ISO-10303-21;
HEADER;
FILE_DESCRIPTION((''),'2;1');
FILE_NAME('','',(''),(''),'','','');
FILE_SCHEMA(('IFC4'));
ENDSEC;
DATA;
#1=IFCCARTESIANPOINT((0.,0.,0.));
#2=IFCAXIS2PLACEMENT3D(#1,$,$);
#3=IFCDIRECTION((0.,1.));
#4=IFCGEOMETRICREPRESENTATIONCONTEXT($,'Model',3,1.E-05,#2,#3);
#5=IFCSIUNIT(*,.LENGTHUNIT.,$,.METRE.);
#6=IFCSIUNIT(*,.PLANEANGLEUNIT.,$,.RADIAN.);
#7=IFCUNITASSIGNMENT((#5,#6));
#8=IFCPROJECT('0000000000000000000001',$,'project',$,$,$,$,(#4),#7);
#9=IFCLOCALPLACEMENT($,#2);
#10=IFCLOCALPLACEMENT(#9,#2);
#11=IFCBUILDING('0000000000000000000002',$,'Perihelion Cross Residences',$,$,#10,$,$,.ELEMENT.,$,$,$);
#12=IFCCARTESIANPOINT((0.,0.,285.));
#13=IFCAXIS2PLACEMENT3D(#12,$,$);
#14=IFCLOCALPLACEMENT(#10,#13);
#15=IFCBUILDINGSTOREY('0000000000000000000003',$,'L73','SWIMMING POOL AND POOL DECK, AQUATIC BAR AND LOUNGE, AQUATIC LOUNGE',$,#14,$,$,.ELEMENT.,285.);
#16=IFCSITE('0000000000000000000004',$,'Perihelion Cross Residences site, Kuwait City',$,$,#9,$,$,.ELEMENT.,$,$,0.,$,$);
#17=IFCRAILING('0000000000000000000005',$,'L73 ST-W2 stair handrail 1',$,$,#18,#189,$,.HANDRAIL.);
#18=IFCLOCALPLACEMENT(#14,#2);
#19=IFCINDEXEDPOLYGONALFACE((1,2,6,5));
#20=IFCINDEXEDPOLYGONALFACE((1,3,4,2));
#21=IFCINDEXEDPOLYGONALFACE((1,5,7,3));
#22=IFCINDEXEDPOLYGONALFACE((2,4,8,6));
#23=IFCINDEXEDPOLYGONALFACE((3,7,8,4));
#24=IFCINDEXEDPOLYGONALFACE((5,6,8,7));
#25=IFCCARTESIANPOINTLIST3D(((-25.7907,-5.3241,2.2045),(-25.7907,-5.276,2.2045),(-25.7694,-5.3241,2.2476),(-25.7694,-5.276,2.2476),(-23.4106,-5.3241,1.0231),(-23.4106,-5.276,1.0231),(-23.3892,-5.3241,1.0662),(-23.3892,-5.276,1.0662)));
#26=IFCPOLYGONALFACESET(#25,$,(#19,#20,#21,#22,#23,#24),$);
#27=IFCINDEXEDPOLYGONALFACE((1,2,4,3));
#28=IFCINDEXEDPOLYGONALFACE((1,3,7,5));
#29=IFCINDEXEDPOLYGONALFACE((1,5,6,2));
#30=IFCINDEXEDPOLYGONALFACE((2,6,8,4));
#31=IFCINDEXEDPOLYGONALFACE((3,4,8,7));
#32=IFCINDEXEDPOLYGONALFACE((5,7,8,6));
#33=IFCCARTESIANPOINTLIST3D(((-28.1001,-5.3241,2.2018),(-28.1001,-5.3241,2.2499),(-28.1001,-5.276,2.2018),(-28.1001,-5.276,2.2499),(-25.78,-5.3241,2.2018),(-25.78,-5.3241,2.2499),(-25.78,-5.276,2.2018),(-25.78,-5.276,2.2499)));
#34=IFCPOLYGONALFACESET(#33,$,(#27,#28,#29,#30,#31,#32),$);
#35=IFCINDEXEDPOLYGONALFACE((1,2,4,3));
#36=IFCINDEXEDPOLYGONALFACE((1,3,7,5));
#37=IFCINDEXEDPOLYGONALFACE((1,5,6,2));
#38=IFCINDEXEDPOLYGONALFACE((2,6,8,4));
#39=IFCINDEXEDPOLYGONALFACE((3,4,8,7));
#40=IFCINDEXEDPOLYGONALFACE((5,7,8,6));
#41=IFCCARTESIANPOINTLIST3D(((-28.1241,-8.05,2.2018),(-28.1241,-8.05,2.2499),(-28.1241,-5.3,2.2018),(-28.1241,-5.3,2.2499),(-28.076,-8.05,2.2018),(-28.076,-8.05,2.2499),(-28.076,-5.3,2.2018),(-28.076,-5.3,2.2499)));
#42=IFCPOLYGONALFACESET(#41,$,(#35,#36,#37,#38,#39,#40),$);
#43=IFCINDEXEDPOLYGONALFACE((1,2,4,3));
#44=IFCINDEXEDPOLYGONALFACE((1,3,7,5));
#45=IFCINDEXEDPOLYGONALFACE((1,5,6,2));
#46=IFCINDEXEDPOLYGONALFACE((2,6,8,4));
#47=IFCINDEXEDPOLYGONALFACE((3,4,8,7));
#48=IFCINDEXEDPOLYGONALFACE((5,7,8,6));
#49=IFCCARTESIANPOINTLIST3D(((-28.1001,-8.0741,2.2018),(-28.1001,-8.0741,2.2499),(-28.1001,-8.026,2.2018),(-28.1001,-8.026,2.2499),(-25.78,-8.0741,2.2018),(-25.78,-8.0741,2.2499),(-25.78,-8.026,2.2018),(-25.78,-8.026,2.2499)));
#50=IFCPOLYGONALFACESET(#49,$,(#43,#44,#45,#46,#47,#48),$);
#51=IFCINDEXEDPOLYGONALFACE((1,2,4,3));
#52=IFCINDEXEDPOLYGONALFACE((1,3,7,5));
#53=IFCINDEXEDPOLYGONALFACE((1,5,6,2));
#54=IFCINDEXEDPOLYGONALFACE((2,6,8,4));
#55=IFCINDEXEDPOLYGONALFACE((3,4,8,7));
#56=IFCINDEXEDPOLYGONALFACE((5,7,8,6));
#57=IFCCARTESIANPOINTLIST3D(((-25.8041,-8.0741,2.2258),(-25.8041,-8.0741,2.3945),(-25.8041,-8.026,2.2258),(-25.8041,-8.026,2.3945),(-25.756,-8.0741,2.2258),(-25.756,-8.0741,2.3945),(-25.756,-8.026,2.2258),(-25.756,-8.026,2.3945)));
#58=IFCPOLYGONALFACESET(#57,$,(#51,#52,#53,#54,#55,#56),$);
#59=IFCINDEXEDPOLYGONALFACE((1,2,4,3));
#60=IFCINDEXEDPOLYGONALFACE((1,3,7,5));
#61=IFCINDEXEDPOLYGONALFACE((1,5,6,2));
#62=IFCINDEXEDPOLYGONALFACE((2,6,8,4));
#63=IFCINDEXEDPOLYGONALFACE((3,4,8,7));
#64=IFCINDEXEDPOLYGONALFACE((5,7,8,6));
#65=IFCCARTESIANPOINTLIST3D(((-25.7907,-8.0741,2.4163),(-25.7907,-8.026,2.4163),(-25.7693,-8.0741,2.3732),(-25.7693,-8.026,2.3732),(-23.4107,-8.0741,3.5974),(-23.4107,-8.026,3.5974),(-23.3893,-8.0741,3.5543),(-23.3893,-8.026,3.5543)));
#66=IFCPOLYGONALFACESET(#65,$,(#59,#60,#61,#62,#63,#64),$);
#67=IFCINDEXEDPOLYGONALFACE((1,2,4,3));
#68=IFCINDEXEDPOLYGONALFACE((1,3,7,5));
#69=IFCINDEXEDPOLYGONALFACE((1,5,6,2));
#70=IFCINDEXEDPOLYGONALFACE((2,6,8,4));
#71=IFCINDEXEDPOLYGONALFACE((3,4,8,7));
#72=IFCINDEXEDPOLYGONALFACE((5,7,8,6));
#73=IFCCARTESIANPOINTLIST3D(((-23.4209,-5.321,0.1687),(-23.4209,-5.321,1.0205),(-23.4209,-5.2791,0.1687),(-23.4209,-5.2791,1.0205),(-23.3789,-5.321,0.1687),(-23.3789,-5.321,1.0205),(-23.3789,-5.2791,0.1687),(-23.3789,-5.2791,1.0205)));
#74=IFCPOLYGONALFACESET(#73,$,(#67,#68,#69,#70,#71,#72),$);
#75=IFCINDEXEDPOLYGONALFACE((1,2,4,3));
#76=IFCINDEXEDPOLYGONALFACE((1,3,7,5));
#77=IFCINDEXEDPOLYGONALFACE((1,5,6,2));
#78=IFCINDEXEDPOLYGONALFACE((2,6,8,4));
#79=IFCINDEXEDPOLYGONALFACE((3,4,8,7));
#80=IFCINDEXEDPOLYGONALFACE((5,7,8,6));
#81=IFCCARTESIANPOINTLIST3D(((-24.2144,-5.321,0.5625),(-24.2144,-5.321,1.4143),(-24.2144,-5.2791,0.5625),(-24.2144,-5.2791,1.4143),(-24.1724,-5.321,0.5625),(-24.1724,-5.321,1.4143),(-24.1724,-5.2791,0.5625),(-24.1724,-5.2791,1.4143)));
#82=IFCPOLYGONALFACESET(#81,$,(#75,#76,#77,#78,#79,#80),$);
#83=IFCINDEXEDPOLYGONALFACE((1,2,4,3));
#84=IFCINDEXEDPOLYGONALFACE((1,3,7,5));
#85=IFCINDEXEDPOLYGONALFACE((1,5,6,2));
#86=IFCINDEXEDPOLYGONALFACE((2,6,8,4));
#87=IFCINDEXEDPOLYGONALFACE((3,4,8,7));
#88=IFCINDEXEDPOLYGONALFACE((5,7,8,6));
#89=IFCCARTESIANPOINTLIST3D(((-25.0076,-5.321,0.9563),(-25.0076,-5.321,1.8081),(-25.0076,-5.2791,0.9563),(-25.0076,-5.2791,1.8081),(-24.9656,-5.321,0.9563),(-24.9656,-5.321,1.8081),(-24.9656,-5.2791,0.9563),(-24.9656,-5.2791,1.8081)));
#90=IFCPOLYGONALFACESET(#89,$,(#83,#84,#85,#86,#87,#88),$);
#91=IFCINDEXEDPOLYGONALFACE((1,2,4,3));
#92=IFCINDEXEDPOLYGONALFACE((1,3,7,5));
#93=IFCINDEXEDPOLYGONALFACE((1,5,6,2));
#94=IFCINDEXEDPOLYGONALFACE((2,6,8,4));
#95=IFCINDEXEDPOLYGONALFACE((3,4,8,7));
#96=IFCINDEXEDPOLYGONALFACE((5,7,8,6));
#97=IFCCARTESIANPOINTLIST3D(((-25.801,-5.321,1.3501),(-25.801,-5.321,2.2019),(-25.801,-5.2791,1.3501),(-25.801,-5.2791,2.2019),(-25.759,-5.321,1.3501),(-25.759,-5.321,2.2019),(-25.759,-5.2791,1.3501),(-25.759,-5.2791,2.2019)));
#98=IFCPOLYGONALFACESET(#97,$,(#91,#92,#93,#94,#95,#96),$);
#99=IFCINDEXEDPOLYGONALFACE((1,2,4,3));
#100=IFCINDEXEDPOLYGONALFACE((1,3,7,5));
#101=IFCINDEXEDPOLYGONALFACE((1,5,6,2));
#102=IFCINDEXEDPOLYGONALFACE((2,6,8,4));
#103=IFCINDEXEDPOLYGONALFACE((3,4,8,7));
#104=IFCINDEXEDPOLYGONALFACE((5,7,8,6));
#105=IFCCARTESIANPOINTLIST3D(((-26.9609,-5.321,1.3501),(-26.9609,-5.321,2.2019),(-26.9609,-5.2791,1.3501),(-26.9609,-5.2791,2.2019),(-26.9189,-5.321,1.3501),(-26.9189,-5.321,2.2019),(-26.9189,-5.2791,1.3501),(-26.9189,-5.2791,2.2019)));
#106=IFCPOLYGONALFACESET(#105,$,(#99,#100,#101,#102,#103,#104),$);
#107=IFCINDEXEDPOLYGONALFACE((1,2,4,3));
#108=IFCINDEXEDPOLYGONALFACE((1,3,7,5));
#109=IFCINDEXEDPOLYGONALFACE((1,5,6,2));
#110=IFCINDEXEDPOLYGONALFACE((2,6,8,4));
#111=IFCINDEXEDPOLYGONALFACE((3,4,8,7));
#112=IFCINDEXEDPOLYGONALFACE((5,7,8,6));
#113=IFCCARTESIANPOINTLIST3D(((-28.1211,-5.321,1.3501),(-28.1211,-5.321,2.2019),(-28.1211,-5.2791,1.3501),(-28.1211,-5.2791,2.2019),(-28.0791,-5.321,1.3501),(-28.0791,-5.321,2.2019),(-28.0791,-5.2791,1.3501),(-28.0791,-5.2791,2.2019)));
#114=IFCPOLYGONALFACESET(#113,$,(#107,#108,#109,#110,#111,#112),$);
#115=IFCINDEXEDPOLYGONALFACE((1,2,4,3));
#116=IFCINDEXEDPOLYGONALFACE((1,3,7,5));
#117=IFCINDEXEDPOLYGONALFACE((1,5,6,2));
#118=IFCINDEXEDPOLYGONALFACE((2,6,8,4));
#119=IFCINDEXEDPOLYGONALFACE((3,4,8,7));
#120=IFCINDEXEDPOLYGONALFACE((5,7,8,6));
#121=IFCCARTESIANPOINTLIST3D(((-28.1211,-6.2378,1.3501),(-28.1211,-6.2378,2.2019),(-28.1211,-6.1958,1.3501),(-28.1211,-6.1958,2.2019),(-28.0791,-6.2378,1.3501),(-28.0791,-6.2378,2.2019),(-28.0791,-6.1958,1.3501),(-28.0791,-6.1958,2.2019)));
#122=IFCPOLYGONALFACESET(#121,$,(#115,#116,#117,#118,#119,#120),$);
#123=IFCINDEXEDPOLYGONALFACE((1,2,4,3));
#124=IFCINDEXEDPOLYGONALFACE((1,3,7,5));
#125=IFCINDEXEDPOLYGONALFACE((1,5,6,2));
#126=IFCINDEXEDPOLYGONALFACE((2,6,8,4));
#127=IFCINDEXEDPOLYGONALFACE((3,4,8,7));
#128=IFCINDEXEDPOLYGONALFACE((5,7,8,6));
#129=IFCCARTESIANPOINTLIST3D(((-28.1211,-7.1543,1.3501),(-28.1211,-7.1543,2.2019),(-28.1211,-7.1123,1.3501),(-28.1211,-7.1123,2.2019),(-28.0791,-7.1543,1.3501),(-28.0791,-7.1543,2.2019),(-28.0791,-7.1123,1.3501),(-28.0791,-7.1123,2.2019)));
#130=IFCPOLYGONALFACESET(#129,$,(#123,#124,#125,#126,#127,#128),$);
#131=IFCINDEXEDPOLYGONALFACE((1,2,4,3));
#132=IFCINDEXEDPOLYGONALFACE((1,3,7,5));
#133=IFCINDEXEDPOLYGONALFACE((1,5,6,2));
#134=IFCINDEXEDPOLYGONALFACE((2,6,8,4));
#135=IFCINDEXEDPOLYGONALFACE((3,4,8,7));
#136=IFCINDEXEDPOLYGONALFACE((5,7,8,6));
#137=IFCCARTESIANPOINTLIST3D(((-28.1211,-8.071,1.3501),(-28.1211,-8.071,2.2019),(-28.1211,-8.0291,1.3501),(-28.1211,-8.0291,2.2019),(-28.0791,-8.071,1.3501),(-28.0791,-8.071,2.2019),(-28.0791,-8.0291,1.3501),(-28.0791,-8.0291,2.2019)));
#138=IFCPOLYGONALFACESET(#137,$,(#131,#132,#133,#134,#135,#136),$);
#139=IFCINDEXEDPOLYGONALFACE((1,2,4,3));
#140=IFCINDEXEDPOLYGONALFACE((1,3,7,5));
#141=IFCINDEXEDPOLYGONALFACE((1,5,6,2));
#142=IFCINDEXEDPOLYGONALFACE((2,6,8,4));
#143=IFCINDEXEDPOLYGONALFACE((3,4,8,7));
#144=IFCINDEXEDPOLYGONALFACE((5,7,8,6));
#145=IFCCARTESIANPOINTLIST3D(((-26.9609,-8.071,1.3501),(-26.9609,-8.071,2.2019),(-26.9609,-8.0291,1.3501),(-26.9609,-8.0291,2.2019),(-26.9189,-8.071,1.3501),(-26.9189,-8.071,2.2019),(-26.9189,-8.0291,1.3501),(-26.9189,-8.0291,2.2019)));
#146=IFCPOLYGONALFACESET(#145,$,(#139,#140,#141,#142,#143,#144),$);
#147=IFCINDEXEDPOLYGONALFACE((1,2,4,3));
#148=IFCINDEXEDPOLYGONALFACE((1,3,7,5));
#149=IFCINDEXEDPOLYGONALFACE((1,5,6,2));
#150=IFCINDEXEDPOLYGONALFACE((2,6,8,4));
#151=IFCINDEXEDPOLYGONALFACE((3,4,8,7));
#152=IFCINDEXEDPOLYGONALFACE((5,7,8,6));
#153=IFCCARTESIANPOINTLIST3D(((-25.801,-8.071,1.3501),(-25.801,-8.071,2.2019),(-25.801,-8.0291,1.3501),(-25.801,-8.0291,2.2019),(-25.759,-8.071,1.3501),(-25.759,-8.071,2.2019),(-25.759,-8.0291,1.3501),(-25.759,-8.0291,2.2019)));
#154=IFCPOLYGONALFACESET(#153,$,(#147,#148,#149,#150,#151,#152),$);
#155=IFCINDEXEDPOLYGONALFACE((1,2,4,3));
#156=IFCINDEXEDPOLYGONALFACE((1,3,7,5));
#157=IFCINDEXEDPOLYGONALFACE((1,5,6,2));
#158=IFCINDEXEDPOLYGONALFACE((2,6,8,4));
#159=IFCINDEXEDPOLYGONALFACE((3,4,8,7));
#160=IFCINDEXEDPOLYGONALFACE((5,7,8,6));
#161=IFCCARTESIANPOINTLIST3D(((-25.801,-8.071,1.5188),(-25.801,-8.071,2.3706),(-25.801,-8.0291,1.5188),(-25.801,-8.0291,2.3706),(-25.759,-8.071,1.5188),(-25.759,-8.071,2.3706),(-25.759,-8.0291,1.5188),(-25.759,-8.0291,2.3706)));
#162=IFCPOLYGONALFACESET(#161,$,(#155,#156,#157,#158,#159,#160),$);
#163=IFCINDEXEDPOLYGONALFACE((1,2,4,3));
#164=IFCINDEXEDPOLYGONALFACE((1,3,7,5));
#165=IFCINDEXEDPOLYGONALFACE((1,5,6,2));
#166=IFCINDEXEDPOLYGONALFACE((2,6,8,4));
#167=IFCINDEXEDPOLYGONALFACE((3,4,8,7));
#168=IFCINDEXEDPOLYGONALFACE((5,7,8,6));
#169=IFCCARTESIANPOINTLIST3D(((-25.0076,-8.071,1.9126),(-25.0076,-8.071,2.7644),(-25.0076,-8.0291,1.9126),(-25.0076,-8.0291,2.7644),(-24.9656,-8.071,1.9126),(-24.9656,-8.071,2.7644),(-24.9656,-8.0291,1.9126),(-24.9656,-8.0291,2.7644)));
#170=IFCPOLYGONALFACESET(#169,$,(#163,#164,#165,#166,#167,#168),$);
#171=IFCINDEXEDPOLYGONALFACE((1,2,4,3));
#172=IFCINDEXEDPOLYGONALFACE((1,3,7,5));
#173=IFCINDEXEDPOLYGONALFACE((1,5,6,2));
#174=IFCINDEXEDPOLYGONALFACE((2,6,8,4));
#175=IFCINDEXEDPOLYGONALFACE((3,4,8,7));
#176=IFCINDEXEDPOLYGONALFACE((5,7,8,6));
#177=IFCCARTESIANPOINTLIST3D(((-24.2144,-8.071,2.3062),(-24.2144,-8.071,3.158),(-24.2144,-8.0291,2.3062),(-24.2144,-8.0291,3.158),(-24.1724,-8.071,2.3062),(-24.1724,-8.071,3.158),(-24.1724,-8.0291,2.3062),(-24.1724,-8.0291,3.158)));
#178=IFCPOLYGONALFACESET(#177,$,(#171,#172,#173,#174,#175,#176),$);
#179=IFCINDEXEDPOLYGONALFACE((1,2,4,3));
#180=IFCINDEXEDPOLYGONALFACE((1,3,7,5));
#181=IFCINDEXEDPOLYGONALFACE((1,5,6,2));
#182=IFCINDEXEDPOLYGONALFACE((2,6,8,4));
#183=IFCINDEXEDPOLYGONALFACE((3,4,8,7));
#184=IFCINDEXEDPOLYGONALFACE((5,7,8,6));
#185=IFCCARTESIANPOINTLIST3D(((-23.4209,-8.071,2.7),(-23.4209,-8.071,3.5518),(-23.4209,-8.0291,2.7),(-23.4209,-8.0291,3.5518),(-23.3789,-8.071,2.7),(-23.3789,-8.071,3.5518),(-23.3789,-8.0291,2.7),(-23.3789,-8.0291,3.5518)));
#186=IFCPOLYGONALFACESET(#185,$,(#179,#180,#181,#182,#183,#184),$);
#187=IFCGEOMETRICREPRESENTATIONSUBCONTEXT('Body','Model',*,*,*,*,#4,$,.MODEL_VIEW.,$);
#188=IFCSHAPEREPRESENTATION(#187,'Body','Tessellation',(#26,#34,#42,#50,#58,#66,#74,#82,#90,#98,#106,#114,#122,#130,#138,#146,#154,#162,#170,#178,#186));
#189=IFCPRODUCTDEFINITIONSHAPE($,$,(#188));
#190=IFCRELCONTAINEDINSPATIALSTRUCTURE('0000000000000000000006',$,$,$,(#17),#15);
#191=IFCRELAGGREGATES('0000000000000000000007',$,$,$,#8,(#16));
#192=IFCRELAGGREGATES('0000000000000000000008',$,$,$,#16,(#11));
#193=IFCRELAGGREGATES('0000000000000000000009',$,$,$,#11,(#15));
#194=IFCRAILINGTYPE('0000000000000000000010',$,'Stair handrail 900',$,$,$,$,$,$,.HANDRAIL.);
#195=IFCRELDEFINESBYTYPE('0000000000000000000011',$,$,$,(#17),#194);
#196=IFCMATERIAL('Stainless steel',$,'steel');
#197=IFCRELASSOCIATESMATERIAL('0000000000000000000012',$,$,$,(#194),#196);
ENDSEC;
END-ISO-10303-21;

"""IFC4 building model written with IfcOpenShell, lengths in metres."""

from ifc_helpers import new_model, si_unit, direction, frame, origin, origin_2d, place, context, subcontext, project, spatial, rectangle, extrude, material, type_object, element, save


model = new_model("IFC4")

# Units and contexts
model_context = context("Model", 3, precision=1e-05, world=origin(), true_north=direction((0.0, 1.0)))
body_context = subcontext(model_context, "Body", "Model", "MODEL_VIEW")
ifc_project = project(units=[si_unit("LENGTHUNIT", "METRE"), si_unit("PLANEANGLEUNIT", "RADIAN")], contexts=[model_context])

# Site, building, storey
site_placement = place(None, origin())
site = spatial("IfcSite", under=ifc_project, at=site_placement, Name="Perihelion Cross Residences site, Kuwait City", CompositionType="ELEMENT", RefElevation=0.0)
building_placement = place(site_placement, origin())
building = spatial("IfcBuilding", under=site, at=building_placement, Name="Perihelion Cross Residences", CompositionType="ELEMENT")
storey_placement = place(building_placement, frame((0.0, 0.0, 285.0)))
storey = spatial("IfcBuildingStorey", under=building, at=storey_placement, Name="L73", Description="SWIMMING POOL AND POOL DECK, AQUATIC BAR AND LOUNGE, AQUATIC LOUNGE", CompositionType="ELEMENT", Elevation=285.0)

# Railing
ifc_material_1 = material(Name="Stainless steel", Category="steel")
railing_type_1 = type_object("IfcRailingType", Name="Stair handrail 900", PredefinedType="HANDRAIL", material=ifc_material_1)
railing_1_placement = place(storey_placement, frame((-23.3999, -5.3, 0.1687)))
element("IfcRailing", 1, at=railing_1_placement, inside=storey, type_object=railing_type_1, Name="L73 ST-W2 stair handrail 1", PredefinedType="HANDRAIL", context=body_context, shape_type="SweptSolid", body=[
    extrude(rectangle(XDim=0.0481, YDim=0.0481, at=origin_2d()), frame((0.0, 0.0, 0.876), z_axis=(-0.895728, 0.0, 0.444602), x_axis=(0.0, -1.0, 0.0)), (0.0, 0.0, 1.0), 2.6572),
    extrude(rectangle(XDim=0.0481, YDim=0.0481, at=origin_2d()), frame((-2.3801, 0.0, 2.0571), z_axis=(-1.0, 0.0, 0.0), x_axis=(0.0, -1.0, 0.0)), (0.0, 0.0, 1.0), 2.3201),
    extrude(rectangle(XDim=0.0481, YDim=0.0481, at=origin_2d()), frame((-4.7002, 0.0, 2.0571), z_axis=(0.0, -1.0, 0.0), x_axis=(1.0, 0.0, 0.0)), (0.0, 0.0, 1.0), 2.75),
    extrude(rectangle(XDim=0.0481, YDim=0.0481, at=origin_2d()), frame((-4.7002, -2.75, 2.0571), z_axis=(1.0, 0.0, 0.0), x_axis=(0.0, 1.0, 0.0)), (0.0, 0.0, 1.0), 2.3201),
    extrude(rectangle(XDim=0.0481, YDim=0.0481, at=origin_2d()), frame((-2.3801, -2.75, 2.0571), z_axis=(0.0, 0.0, 1.0), x_axis=(1.0, 0.0, 0.0)), (0.0, 0.0, 1.0), 0.1687),
    extrude(rectangle(XDim=0.0481, YDim=0.0481, at=origin_2d()), frame((-2.3801, -2.75, 2.2261), z_axis=(0.895765, 0.0, 0.444529), x_axis=(0.0, 1.0, 0.0)), (0.0, 0.0, 1.0), 2.657),
    extrude(rectangle(XDim=0.042, YDim=0.042, at=origin_2d()), origin(), (0.0, 0.0, 1.0), 0.8518),
    extrude(rectangle(XDim=0.042, YDim=0.042, at=origin_2d()), frame((-0.7935, 0.0, 0.3938)), (0.0, 0.0, 1.0), 0.8518),
    extrude(rectangle(XDim=0.042, YDim=0.042, at=origin_2d()), frame((-1.5867, 0.0, 0.7876)), (0.0, 0.0, 1.0), 0.8518),
    extrude(rectangle(XDim=0.042, YDim=0.042, at=origin_2d()), frame((-2.3801, 0.0, 1.1814)), (0.0, 0.0, 1.0), 0.8518),
    extrude(rectangle(XDim=0.042, YDim=0.042, at=origin_2d()), frame((-3.54, 0.0, 1.1814)), (0.0, 0.0, 1.0), 0.8518),
    extrude(rectangle(XDim=0.042, YDim=0.042, at=origin_2d()), frame((-4.7002, 0.0, 1.1814)), (0.0, 0.0, 1.0), 0.8518),
    extrude(rectangle(XDim=0.042, YDim=0.042, at=origin_2d()), frame((-4.7002, -0.9167, 1.1814)), (0.0, 0.0, 1.0), 0.8518),
    extrude(rectangle(XDim=0.042, YDim=0.042, at=origin_2d()), frame((-4.7002, -1.8333, 1.1814)), (0.0, 0.0, 1.0), 0.8518),
    extrude(rectangle(XDim=0.042, YDim=0.042, at=origin_2d()), frame((-4.7002, -2.75, 1.1814)), (0.0, 0.0, 1.0), 0.8518),
    extrude(rectangle(XDim=0.042, YDim=0.042, at=origin_2d()), frame((-3.54, -2.75, 1.1814)), (0.0, 0.0, 1.0), 0.8518),
    extrude(rectangle(XDim=0.042, YDim=0.042, at=origin_2d()), frame((-2.3801, -2.75, 1.1814)), (0.0, 0.0, 1.0), 0.8518),
    extrude(rectangle(XDim=0.042, YDim=0.042, at=origin_2d()), frame((-2.3801, -2.75, 1.3501)), (0.0, 0.0, 1.0), 0.8518),
    extrude(rectangle(XDim=0.042, YDim=0.042, at=origin_2d()), frame((-1.5867, -2.75, 1.7439)), (0.0, 0.0, 1.0), 0.8518),
    extrude(rectangle(XDim=0.042, YDim=0.042, at=origin_2d()), frame((-0.7935, -2.75, 2.1375)), (0.0, 0.0, 1.0), 0.8518),
    extrude(rectangle(XDim=0.042, YDim=0.042, at=origin_2d()), frame((0.0, -2.75, 2.5312)), (0.0, 0.0, 1.0), 0.8518),
])

save(model, "model.ifc")
